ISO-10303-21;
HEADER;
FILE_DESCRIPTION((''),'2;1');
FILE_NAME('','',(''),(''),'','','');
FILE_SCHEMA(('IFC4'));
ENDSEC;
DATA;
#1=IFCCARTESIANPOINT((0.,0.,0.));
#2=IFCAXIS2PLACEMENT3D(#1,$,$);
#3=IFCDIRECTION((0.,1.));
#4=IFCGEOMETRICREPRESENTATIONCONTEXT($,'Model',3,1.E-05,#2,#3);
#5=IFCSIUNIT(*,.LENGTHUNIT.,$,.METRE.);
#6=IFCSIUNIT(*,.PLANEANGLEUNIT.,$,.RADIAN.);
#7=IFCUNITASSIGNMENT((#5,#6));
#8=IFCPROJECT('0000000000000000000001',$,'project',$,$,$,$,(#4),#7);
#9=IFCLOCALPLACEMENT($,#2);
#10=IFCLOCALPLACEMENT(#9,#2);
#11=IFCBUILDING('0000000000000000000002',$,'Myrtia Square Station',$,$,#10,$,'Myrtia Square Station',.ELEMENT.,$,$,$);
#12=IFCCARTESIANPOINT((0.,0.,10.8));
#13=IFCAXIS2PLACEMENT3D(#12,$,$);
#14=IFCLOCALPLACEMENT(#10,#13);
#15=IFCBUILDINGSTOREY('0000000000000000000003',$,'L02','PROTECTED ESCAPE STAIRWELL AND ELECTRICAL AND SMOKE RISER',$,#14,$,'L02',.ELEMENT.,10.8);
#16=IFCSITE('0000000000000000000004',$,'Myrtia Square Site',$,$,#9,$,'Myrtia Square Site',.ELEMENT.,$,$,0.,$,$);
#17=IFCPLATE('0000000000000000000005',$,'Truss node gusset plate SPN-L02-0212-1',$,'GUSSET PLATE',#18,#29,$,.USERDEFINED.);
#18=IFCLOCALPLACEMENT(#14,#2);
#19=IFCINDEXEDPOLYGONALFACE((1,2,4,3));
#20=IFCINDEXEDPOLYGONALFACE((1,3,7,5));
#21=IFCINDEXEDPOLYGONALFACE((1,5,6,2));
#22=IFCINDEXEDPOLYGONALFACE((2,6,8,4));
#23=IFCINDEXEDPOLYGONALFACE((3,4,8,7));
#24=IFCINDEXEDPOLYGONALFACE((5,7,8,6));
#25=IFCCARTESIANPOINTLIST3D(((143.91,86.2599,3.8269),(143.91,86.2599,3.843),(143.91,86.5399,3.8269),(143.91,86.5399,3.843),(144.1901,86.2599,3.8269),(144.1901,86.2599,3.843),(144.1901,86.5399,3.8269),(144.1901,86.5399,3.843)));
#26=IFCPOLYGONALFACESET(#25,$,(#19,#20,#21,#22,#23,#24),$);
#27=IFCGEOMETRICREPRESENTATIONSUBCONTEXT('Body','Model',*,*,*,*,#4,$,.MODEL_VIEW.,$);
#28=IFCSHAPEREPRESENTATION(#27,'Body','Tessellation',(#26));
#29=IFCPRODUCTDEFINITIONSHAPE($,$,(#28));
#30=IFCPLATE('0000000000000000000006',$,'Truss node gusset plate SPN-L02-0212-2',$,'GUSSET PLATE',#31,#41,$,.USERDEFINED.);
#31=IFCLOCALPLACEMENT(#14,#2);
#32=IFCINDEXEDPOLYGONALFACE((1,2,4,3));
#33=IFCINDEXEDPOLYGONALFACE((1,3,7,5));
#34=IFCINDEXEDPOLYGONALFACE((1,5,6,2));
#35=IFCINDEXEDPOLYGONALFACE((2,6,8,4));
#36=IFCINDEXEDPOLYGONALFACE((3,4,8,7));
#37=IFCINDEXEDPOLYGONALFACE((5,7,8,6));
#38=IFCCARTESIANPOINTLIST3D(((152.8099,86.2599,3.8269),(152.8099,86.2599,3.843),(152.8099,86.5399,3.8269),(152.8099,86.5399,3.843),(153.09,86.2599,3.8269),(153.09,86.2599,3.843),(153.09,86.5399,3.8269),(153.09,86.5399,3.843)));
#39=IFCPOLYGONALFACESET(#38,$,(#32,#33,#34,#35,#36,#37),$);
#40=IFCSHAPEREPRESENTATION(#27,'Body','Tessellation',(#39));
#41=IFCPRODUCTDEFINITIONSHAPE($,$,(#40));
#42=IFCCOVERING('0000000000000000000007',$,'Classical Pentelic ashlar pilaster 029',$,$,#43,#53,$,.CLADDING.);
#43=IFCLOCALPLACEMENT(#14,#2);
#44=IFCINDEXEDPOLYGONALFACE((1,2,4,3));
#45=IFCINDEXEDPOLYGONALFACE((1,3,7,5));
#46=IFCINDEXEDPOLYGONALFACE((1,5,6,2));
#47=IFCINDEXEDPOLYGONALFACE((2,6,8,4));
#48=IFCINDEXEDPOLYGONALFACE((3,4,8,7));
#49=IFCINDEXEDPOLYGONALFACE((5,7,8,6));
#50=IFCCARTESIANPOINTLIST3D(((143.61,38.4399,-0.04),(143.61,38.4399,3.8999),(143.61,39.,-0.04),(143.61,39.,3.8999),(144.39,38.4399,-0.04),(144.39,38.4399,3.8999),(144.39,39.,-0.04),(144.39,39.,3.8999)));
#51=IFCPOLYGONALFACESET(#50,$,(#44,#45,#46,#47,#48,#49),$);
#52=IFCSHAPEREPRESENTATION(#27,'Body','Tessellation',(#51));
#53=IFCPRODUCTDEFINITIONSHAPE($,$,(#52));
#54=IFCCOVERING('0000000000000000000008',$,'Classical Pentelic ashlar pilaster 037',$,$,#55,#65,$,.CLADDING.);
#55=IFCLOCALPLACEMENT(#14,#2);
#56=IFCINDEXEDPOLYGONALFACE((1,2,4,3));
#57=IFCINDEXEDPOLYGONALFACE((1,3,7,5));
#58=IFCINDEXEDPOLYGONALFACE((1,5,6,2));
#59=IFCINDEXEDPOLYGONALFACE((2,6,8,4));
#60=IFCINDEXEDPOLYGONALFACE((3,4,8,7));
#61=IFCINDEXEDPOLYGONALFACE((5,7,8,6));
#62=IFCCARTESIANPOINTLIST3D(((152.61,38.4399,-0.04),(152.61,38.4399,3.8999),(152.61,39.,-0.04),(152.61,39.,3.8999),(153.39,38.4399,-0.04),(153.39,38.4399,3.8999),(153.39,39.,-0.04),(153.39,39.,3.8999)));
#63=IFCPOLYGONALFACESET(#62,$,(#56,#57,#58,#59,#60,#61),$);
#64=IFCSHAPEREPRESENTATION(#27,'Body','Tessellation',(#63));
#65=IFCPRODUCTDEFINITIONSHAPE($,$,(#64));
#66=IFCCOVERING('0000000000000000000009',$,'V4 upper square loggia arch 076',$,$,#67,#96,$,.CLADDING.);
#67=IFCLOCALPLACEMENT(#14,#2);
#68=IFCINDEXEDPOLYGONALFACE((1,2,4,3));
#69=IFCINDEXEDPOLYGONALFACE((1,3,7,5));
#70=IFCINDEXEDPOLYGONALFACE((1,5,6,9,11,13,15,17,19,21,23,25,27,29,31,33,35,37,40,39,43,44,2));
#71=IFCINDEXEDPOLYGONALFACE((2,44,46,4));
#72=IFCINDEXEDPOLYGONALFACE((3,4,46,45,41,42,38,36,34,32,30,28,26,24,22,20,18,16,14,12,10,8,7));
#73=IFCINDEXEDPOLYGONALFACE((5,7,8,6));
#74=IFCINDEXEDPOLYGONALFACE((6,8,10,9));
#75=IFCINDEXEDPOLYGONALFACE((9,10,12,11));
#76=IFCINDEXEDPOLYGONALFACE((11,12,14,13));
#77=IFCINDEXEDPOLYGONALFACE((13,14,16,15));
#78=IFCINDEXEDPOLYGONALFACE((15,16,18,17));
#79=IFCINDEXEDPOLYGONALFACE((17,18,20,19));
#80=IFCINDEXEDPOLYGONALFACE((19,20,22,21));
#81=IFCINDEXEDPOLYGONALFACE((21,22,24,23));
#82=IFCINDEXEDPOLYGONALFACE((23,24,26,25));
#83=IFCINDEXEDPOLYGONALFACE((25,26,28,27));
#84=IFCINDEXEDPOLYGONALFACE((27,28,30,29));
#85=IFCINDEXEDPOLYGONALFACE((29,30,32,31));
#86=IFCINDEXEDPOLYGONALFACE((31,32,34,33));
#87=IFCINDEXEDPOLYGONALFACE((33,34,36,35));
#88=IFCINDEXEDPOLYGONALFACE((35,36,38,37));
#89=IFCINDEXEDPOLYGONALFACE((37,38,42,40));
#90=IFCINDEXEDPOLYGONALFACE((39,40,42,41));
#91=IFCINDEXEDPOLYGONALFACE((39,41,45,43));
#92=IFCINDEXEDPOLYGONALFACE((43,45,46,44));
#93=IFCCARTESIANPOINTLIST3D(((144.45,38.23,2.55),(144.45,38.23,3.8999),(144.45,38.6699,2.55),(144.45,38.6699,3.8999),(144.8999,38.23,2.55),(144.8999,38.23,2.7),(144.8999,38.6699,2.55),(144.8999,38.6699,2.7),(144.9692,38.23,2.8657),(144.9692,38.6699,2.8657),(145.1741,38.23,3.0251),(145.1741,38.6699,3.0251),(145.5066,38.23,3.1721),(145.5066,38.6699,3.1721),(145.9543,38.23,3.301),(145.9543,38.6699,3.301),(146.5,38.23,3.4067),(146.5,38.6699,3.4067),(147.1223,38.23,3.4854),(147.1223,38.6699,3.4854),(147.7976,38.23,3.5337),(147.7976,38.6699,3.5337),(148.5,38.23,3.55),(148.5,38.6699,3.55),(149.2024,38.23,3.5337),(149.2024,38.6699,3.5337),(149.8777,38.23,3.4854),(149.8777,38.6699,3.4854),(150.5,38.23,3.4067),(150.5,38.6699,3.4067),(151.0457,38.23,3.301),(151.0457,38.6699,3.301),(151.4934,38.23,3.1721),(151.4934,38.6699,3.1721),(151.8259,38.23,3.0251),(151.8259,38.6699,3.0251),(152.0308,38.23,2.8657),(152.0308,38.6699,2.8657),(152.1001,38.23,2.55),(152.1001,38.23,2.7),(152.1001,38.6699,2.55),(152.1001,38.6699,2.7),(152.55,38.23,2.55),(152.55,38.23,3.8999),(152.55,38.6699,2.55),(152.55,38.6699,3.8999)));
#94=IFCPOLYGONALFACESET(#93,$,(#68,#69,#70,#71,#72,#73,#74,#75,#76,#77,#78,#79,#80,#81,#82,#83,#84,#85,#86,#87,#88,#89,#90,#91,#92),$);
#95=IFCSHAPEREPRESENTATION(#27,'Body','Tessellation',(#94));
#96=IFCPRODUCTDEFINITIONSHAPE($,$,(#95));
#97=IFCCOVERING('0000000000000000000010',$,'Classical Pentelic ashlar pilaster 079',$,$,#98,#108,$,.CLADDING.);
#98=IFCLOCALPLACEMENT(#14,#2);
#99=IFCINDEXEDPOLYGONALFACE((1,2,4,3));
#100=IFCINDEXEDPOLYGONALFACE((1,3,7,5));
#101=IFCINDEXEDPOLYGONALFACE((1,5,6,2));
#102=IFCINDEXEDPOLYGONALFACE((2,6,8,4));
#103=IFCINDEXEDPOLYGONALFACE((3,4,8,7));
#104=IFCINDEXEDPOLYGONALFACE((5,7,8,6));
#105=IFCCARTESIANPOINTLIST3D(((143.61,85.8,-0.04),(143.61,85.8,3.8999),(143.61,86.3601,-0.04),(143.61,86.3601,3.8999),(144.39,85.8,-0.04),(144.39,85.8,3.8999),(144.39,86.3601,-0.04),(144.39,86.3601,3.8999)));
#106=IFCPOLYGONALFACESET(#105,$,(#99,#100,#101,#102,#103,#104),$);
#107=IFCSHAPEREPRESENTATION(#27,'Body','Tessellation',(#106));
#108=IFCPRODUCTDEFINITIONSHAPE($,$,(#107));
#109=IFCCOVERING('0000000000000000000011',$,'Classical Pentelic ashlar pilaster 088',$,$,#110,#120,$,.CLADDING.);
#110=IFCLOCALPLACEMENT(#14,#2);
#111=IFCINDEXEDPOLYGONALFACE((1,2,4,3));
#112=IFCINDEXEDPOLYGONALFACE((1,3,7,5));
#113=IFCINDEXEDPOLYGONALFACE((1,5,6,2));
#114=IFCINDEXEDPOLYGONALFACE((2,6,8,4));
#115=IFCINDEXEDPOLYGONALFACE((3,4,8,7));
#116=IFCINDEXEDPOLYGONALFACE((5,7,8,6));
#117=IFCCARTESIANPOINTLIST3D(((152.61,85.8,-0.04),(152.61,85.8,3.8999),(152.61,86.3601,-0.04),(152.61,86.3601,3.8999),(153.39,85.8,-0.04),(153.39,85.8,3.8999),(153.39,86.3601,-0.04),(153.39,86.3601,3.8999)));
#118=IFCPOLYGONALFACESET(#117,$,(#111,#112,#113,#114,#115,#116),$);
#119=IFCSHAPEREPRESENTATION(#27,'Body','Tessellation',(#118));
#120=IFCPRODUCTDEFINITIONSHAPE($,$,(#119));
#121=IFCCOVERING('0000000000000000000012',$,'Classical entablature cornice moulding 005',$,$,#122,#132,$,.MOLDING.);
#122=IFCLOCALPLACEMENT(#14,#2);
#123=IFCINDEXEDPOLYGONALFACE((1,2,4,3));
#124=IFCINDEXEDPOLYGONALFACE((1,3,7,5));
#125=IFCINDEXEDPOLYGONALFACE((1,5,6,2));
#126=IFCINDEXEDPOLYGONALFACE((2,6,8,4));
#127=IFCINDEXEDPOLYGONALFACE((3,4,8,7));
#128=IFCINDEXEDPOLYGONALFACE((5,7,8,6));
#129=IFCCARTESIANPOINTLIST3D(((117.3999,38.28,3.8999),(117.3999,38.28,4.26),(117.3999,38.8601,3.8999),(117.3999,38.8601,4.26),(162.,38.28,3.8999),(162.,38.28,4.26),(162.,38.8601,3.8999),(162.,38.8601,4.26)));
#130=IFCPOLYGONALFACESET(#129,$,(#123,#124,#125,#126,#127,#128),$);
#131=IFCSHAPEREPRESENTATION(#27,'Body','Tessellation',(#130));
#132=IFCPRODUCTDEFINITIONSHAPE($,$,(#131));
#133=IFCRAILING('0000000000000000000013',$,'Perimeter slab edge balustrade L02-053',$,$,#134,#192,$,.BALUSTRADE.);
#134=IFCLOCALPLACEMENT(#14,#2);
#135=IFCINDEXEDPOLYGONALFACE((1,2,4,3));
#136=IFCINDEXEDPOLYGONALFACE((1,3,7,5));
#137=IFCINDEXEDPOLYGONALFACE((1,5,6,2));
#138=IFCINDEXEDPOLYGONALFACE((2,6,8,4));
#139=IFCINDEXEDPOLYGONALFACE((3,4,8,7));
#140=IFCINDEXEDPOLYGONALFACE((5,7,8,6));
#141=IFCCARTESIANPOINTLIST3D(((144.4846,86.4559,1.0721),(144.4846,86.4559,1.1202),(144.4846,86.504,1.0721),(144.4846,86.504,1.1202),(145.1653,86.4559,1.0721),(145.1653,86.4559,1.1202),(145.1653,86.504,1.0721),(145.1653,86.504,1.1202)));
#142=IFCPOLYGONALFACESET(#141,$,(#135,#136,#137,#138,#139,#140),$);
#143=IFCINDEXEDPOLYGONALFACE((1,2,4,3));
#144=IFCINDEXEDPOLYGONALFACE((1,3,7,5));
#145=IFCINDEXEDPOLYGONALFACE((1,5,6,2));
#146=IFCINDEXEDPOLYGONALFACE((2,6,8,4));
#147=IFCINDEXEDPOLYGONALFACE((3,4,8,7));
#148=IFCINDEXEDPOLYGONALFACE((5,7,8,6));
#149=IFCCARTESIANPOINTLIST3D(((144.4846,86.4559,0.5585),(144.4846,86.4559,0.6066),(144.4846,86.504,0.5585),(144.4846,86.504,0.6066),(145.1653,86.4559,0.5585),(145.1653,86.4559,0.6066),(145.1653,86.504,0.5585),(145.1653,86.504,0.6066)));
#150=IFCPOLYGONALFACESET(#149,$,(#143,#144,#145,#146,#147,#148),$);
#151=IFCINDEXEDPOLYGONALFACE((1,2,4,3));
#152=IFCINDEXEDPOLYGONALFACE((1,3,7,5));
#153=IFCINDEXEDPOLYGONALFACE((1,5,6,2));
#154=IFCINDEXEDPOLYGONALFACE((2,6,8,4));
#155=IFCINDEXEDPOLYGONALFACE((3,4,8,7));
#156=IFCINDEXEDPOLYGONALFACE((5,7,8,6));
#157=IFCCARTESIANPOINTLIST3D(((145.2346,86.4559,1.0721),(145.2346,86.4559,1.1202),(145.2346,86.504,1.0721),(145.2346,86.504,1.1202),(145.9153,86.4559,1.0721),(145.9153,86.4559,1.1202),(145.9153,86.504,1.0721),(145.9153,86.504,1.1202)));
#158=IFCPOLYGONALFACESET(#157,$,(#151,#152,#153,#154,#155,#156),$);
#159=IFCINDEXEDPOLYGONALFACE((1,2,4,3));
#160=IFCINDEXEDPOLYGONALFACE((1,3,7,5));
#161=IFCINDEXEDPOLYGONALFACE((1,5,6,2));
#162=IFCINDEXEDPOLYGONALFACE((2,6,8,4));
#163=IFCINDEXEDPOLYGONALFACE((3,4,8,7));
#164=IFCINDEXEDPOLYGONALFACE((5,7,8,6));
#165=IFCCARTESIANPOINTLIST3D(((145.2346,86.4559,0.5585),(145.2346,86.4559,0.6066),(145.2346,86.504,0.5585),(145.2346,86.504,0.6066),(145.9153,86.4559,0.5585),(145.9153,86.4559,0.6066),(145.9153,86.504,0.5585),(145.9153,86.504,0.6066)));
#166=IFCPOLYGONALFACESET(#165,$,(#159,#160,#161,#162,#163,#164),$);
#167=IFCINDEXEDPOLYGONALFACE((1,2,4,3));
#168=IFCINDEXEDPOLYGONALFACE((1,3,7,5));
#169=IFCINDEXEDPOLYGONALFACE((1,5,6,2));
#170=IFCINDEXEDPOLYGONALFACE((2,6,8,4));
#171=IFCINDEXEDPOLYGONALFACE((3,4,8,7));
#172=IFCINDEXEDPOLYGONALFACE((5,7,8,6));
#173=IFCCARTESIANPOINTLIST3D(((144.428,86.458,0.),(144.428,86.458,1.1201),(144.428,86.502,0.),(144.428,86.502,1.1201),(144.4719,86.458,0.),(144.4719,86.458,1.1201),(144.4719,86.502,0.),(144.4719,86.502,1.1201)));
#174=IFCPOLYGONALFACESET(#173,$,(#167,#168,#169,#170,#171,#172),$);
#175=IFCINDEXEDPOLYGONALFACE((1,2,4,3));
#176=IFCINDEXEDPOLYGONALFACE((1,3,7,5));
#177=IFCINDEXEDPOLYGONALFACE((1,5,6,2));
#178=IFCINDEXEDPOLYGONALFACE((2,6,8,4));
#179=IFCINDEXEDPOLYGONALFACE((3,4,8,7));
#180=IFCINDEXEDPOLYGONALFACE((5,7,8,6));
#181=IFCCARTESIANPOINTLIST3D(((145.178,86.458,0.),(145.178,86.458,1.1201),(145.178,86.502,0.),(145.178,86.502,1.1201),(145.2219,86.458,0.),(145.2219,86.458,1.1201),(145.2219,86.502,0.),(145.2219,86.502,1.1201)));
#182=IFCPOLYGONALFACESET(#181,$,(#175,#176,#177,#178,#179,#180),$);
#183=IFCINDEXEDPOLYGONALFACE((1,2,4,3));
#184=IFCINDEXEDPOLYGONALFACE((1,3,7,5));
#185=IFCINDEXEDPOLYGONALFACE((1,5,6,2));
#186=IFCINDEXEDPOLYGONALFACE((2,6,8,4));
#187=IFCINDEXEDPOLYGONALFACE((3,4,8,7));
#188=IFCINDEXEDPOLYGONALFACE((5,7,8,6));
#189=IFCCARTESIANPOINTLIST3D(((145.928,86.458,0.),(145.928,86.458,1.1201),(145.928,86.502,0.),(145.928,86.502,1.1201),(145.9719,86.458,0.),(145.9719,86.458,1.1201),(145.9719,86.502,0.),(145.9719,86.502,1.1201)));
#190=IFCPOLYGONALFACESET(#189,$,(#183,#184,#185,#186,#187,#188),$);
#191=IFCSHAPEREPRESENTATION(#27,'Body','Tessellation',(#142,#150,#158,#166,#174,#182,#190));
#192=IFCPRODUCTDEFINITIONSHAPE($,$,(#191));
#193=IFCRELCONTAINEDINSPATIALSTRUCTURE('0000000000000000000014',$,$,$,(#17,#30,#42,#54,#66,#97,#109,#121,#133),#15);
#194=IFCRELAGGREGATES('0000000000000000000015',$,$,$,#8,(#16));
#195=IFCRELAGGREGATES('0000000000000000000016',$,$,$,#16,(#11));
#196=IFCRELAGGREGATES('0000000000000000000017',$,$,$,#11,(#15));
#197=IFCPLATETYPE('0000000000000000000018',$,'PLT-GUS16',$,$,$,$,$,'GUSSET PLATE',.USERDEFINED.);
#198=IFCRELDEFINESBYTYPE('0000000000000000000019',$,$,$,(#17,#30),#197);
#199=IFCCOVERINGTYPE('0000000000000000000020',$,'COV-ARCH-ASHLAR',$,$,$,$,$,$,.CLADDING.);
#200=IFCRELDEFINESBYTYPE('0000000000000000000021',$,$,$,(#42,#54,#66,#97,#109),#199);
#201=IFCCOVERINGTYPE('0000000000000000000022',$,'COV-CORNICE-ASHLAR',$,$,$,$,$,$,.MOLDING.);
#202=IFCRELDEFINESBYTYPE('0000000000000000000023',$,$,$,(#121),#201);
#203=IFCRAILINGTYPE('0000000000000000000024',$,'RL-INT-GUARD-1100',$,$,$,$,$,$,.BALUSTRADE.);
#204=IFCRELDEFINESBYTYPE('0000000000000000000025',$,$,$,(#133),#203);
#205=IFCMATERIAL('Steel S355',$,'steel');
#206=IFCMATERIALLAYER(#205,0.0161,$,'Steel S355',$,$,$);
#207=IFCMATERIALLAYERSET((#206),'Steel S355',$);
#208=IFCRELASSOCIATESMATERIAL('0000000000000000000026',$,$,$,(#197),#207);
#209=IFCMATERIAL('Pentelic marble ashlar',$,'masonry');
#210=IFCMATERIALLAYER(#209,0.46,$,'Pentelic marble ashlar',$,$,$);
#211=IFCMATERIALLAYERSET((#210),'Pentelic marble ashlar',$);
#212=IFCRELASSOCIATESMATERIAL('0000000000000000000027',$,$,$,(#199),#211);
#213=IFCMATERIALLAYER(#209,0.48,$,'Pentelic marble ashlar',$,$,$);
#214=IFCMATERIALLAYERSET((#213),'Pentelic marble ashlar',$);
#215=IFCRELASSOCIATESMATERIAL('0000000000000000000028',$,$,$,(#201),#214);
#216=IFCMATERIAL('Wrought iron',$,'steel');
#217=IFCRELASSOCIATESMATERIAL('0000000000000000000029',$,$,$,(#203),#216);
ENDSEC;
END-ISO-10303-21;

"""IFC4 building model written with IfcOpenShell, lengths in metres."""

from ifc_helpers import new_model, si_unit, direction, frame, origin, origin_2d, place, context, subcontext, project, spatial, polyline, rectangle, outline, extrude, material, layer, layer_set, type_object, element, save


model = new_model("IFC4")

# Units and contexts
model_context = context("Model", 3, precision=1e-05, world=origin(), true_north=direction((0.0, 1.0)))
body_context = subcontext(model_context, "Body", "Model", "MODEL_VIEW")
ifc_project = project(units=[si_unit("LENGTHUNIT", "METRE"), si_unit("PLANEANGLEUNIT", "RADIAN")], contexts=[model_context])

# Site, building, storey
site_placement = place(None, origin())
site = spatial("IfcSite", under=ifc_project, at=site_placement, Name="Myrtia Square Site", LongName="Myrtia Square Site", CompositionType="ELEMENT", RefElevation=0.0)
building_placement = place(site_placement, origin())
building = spatial("IfcBuilding", under=site, at=building_placement, Name="Myrtia Square Station", LongName="Myrtia Square Station", CompositionType="ELEMENT")
storey_placement = place(building_placement, frame((0.0, 0.0, 10.8)))
storey = spatial("IfcBuildingStorey", under=building, at=storey_placement, Name="L02", Description="PROTECTED ESCAPE STAIRWELL AND ELECTRICAL AND SMOKE RISER", LongName="L02", CompositionType="ELEMENT", Elevation=10.8)

# Shared definitions
ifc_material_1 = material(Name="Steel S355", Category="steel")

# Plates
ifc_layer_1 = layer(ifc_material_1, 0.0161, Name="Steel S355")
ifc_layer_set_1 = layer_set([ifc_layer_1], Name="Steel S355")
plate_type_1 = type_object("IfcPlateType", Name="PLT-GUS16", ElementType="GUSSET PLATE", PredefinedType="USERDEFINED", material=ifc_layer_set_1)
for number, where, z_axis, x_axis, name in (
    (1, (144.05, 86.3999, 3.8269), (0.0, 0.0, 1.0), (1.0, 0.0, 0.0), "Truss node gusset plate SPN-L02-0212-1"),
    (2, (152.95, 86.3999, 3.8269), (0.0, 0.0, 1.0), (1.0, 0.0, 0.0), "Truss node gusset plate SPN-L02-0212-2"),
):
    element("IfcPlate", number, at=place(storey_placement, frame(where, z_axis=z_axis, x_axis=x_axis)), inside=storey, type_object=plate_type_1, Name=name, ObjectType="GUSSET PLATE", PredefinedType="USERDEFINED", context=body_context, shape_type="SweptSolid", body=[
        extrude(rectangle(XDim=0.28, YDim=0.28, at=origin_2d()), origin(), (0.0, 0.0, 1.0), 0.0161),
    ])

# Coverings
ifc_material_2 = material(Name="Pentelic marble ashlar", Category="masonry")
ifc_layer_2 = layer(ifc_material_2, 0.46, Name="Pentelic marble ashlar")
ifc_layer_set_2 = layer_set([ifc_layer_2], Name="Pentelic marble ashlar")
covering_type_1 = type_object("IfcCoveringType", Name="COV-ARCH-ASHLAR", PredefinedType="CLADDING", material=ifc_layer_set_2)
for number, where, z_axis, x_axis, name in (
    (3, (144.0, 38.72, -0.04), (0.0, 0.0, 1.0), (1.0, 0.0, 0.0), "Classical Pentelic ashlar pilaster 029"),
    (4, (153.0, 38.72, -0.04), (0.0, 0.0, 1.0), (1.0, 0.0, 0.0), "Classical Pentelic ashlar pilaster 037"),
):
    element("IfcCovering", number, at=place(storey_placement, frame(where, z_axis=z_axis, x_axis=x_axis)), inside=storey, type_object=covering_type_1, Name=name, PredefinedType="CLADDING", context=body_context, shape_type="SweptSolid", body=[
        extrude(rectangle(XDim=0.78, YDim=0.5601, at=origin_2d()), origin(), (0.0, 0.0, 1.0), 3.9399),
    ])
covering_1_placement = place(storey_placement, frame((144.45, 38.45, 2.55), z_axis=(0.0, 0.0, 1.0), x_axis=(1.0, 0.0, 0.0)))
element("IfcCovering", 5, at=covering_1_placement, inside=storey, type_object=covering_type_1, Name="V4 upper square loggia arch 076", PredefinedType="CLADDING", context=body_context, shape_type="SweptSolid", body=[
    extrude(outline(polyline([(0.0, 0.0), (0.45, 0.0), (0.45, 0.1499), (0.5193, 0.3157), (0.7241, 0.4751), (1.0566, 0.6221), (1.5044, 0.751), (2.05, 0.8567), (2.6724, 0.9353), (3.3477, 0.9836), (4.05, 1.0), (4.7524, 0.9836), (5.4277, 0.9353), (6.05, 0.8567), (6.5957, 0.751), (7.0435, 0.6221), (7.376, 0.4751), (7.5808, 0.3157), (7.6501, 0.1499), (7.6501, 0.0), (8.1001, 0.0), (8.1001, 1.3499), (0.0, 1.3499), (0.0, 0.0)])), frame((0.0, 0.22, 0.0), z_axis=(0.0, -1.0, 0.0), x_axis=(1.0, 0.0, 0.0)), (0.0, 0.0, 1.0), 0.4399),
])
for number, where, z_axis, x_axis, name in (
    (6, (144.0, 86.0801, -0.04), (0.0, 0.0, 1.0), (1.0, 0.0, 0.0), "Classical Pentelic ashlar pilaster 079"),
    (7, (153.0, 86.0801, -0.04), (0.0, 0.0, 1.0), (1.0, 0.0, 0.0), "Classical Pentelic ashlar pilaster 088"),
):
    element("IfcCovering", number, at=place(storey_placement, frame(where, z_axis=z_axis, x_axis=x_axis)), inside=storey, type_object=covering_type_1, Name=name, PredefinedType="CLADDING", context=body_context, shape_type="SweptSolid", body=[
        extrude(rectangle(XDim=0.78, YDim=0.5601, at=origin_2d()), origin(), (0.0, 0.0, 1.0), 3.9399),
    ])
ifc_layer_3 = layer(ifc_material_2, 0.48, Name="Pentelic marble ashlar")
ifc_layer_set_3 = layer_set([ifc_layer_3], Name="Pentelic marble ashlar")
covering_type_2 = type_object("IfcCoveringType", Name="COV-CORNICE-ASHLAR", PredefinedType="MOLDING", material=ifc_layer_set_3)
covering_2_placement = place(storey_placement, frame((139.7, 38.5701, 3.8999), z_axis=(0.0, 0.0, 1.0), x_axis=(1.0, 0.0, 0.0)))
element("IfcCovering", 8, at=covering_2_placement, inside=storey, type_object=covering_type_2, Name="Classical entablature cornice moulding 005", PredefinedType="MOLDING", context=body_context, shape_type="SweptSolid", body=[
    extrude(rectangle(XDim=44.6001, YDim=0.5801, at=origin_2d()), origin(), (0.0, 0.0, 1.0), 0.3601),
])

# Railing
ifc_material_3 = material(Name="Wrought iron", Category="steel")
railing_type = type_object("IfcRailingType", Name="RL-INT-GUARD-1100", PredefinedType="BALUSTRADE", material=ifc_material_3)
railing_placement = place(storey_placement, frame((144.45, 86.48, 0.0)))
element("IfcRailing", 9, at=railing_placement, inside=storey, type_object=railing_type, Name="Perimeter slab edge balustrade L02-053", PredefinedType="BALUSTRADE", context=body_context, shape_type="SweptSolid", body=[
    extrude(rectangle(XDim=0.0481, YDim=0.0481, at=origin_2d()), frame((0.0347, 0.0, 1.0962), z_axis=(1.0, 0.0, 0.0), x_axis=(0.0, 1.0, 0.0)), (0.0, 0.0, 1.0), 0.6807),
    extrude(rectangle(XDim=0.0481, YDim=0.0481, at=origin_2d()), frame((0.0347, 0.0, 0.5825), z_axis=(1.0, 0.0, 0.0), x_axis=(0.0, 1.0, 0.0)), (0.0, 0.0, 1.0), 0.6807),
    extrude(rectangle(XDim=0.0481, YDim=0.0481, at=origin_2d()), frame((0.7847, 0.0, 1.0962), z_axis=(1.0, 0.0, 0.0), x_axis=(0.0, 1.0, 0.0)), (0.0, 0.0, 1.0), 0.6807),
    extrude(rectangle(XDim=0.0481, YDim=0.0481, at=origin_2d()), frame((0.7847, 0.0, 0.5825), z_axis=(1.0, 0.0, 0.0), x_axis=(0.0, 1.0, 0.0)), (0.0, 0.0, 1.0), 0.6807),
    extrude(rectangle(XDim=0.0439, YDim=0.0439, at=origin_2d()), origin(), (0.0, 0.0, 1.0), 1.1201),
    extrude(rectangle(XDim=0.0439, YDim=0.0439, at=origin_2d()), frame((0.75, 0.0, 0.0)), (0.0, 0.0, 1.0), 1.1201),
    extrude(rectangle(XDim=0.0439, YDim=0.0439, at=origin_2d()), frame((1.5, 0.0, 0.0)), (0.0, 0.0, 1.0), 1.1201),
])

save(model, "model.ifc")
